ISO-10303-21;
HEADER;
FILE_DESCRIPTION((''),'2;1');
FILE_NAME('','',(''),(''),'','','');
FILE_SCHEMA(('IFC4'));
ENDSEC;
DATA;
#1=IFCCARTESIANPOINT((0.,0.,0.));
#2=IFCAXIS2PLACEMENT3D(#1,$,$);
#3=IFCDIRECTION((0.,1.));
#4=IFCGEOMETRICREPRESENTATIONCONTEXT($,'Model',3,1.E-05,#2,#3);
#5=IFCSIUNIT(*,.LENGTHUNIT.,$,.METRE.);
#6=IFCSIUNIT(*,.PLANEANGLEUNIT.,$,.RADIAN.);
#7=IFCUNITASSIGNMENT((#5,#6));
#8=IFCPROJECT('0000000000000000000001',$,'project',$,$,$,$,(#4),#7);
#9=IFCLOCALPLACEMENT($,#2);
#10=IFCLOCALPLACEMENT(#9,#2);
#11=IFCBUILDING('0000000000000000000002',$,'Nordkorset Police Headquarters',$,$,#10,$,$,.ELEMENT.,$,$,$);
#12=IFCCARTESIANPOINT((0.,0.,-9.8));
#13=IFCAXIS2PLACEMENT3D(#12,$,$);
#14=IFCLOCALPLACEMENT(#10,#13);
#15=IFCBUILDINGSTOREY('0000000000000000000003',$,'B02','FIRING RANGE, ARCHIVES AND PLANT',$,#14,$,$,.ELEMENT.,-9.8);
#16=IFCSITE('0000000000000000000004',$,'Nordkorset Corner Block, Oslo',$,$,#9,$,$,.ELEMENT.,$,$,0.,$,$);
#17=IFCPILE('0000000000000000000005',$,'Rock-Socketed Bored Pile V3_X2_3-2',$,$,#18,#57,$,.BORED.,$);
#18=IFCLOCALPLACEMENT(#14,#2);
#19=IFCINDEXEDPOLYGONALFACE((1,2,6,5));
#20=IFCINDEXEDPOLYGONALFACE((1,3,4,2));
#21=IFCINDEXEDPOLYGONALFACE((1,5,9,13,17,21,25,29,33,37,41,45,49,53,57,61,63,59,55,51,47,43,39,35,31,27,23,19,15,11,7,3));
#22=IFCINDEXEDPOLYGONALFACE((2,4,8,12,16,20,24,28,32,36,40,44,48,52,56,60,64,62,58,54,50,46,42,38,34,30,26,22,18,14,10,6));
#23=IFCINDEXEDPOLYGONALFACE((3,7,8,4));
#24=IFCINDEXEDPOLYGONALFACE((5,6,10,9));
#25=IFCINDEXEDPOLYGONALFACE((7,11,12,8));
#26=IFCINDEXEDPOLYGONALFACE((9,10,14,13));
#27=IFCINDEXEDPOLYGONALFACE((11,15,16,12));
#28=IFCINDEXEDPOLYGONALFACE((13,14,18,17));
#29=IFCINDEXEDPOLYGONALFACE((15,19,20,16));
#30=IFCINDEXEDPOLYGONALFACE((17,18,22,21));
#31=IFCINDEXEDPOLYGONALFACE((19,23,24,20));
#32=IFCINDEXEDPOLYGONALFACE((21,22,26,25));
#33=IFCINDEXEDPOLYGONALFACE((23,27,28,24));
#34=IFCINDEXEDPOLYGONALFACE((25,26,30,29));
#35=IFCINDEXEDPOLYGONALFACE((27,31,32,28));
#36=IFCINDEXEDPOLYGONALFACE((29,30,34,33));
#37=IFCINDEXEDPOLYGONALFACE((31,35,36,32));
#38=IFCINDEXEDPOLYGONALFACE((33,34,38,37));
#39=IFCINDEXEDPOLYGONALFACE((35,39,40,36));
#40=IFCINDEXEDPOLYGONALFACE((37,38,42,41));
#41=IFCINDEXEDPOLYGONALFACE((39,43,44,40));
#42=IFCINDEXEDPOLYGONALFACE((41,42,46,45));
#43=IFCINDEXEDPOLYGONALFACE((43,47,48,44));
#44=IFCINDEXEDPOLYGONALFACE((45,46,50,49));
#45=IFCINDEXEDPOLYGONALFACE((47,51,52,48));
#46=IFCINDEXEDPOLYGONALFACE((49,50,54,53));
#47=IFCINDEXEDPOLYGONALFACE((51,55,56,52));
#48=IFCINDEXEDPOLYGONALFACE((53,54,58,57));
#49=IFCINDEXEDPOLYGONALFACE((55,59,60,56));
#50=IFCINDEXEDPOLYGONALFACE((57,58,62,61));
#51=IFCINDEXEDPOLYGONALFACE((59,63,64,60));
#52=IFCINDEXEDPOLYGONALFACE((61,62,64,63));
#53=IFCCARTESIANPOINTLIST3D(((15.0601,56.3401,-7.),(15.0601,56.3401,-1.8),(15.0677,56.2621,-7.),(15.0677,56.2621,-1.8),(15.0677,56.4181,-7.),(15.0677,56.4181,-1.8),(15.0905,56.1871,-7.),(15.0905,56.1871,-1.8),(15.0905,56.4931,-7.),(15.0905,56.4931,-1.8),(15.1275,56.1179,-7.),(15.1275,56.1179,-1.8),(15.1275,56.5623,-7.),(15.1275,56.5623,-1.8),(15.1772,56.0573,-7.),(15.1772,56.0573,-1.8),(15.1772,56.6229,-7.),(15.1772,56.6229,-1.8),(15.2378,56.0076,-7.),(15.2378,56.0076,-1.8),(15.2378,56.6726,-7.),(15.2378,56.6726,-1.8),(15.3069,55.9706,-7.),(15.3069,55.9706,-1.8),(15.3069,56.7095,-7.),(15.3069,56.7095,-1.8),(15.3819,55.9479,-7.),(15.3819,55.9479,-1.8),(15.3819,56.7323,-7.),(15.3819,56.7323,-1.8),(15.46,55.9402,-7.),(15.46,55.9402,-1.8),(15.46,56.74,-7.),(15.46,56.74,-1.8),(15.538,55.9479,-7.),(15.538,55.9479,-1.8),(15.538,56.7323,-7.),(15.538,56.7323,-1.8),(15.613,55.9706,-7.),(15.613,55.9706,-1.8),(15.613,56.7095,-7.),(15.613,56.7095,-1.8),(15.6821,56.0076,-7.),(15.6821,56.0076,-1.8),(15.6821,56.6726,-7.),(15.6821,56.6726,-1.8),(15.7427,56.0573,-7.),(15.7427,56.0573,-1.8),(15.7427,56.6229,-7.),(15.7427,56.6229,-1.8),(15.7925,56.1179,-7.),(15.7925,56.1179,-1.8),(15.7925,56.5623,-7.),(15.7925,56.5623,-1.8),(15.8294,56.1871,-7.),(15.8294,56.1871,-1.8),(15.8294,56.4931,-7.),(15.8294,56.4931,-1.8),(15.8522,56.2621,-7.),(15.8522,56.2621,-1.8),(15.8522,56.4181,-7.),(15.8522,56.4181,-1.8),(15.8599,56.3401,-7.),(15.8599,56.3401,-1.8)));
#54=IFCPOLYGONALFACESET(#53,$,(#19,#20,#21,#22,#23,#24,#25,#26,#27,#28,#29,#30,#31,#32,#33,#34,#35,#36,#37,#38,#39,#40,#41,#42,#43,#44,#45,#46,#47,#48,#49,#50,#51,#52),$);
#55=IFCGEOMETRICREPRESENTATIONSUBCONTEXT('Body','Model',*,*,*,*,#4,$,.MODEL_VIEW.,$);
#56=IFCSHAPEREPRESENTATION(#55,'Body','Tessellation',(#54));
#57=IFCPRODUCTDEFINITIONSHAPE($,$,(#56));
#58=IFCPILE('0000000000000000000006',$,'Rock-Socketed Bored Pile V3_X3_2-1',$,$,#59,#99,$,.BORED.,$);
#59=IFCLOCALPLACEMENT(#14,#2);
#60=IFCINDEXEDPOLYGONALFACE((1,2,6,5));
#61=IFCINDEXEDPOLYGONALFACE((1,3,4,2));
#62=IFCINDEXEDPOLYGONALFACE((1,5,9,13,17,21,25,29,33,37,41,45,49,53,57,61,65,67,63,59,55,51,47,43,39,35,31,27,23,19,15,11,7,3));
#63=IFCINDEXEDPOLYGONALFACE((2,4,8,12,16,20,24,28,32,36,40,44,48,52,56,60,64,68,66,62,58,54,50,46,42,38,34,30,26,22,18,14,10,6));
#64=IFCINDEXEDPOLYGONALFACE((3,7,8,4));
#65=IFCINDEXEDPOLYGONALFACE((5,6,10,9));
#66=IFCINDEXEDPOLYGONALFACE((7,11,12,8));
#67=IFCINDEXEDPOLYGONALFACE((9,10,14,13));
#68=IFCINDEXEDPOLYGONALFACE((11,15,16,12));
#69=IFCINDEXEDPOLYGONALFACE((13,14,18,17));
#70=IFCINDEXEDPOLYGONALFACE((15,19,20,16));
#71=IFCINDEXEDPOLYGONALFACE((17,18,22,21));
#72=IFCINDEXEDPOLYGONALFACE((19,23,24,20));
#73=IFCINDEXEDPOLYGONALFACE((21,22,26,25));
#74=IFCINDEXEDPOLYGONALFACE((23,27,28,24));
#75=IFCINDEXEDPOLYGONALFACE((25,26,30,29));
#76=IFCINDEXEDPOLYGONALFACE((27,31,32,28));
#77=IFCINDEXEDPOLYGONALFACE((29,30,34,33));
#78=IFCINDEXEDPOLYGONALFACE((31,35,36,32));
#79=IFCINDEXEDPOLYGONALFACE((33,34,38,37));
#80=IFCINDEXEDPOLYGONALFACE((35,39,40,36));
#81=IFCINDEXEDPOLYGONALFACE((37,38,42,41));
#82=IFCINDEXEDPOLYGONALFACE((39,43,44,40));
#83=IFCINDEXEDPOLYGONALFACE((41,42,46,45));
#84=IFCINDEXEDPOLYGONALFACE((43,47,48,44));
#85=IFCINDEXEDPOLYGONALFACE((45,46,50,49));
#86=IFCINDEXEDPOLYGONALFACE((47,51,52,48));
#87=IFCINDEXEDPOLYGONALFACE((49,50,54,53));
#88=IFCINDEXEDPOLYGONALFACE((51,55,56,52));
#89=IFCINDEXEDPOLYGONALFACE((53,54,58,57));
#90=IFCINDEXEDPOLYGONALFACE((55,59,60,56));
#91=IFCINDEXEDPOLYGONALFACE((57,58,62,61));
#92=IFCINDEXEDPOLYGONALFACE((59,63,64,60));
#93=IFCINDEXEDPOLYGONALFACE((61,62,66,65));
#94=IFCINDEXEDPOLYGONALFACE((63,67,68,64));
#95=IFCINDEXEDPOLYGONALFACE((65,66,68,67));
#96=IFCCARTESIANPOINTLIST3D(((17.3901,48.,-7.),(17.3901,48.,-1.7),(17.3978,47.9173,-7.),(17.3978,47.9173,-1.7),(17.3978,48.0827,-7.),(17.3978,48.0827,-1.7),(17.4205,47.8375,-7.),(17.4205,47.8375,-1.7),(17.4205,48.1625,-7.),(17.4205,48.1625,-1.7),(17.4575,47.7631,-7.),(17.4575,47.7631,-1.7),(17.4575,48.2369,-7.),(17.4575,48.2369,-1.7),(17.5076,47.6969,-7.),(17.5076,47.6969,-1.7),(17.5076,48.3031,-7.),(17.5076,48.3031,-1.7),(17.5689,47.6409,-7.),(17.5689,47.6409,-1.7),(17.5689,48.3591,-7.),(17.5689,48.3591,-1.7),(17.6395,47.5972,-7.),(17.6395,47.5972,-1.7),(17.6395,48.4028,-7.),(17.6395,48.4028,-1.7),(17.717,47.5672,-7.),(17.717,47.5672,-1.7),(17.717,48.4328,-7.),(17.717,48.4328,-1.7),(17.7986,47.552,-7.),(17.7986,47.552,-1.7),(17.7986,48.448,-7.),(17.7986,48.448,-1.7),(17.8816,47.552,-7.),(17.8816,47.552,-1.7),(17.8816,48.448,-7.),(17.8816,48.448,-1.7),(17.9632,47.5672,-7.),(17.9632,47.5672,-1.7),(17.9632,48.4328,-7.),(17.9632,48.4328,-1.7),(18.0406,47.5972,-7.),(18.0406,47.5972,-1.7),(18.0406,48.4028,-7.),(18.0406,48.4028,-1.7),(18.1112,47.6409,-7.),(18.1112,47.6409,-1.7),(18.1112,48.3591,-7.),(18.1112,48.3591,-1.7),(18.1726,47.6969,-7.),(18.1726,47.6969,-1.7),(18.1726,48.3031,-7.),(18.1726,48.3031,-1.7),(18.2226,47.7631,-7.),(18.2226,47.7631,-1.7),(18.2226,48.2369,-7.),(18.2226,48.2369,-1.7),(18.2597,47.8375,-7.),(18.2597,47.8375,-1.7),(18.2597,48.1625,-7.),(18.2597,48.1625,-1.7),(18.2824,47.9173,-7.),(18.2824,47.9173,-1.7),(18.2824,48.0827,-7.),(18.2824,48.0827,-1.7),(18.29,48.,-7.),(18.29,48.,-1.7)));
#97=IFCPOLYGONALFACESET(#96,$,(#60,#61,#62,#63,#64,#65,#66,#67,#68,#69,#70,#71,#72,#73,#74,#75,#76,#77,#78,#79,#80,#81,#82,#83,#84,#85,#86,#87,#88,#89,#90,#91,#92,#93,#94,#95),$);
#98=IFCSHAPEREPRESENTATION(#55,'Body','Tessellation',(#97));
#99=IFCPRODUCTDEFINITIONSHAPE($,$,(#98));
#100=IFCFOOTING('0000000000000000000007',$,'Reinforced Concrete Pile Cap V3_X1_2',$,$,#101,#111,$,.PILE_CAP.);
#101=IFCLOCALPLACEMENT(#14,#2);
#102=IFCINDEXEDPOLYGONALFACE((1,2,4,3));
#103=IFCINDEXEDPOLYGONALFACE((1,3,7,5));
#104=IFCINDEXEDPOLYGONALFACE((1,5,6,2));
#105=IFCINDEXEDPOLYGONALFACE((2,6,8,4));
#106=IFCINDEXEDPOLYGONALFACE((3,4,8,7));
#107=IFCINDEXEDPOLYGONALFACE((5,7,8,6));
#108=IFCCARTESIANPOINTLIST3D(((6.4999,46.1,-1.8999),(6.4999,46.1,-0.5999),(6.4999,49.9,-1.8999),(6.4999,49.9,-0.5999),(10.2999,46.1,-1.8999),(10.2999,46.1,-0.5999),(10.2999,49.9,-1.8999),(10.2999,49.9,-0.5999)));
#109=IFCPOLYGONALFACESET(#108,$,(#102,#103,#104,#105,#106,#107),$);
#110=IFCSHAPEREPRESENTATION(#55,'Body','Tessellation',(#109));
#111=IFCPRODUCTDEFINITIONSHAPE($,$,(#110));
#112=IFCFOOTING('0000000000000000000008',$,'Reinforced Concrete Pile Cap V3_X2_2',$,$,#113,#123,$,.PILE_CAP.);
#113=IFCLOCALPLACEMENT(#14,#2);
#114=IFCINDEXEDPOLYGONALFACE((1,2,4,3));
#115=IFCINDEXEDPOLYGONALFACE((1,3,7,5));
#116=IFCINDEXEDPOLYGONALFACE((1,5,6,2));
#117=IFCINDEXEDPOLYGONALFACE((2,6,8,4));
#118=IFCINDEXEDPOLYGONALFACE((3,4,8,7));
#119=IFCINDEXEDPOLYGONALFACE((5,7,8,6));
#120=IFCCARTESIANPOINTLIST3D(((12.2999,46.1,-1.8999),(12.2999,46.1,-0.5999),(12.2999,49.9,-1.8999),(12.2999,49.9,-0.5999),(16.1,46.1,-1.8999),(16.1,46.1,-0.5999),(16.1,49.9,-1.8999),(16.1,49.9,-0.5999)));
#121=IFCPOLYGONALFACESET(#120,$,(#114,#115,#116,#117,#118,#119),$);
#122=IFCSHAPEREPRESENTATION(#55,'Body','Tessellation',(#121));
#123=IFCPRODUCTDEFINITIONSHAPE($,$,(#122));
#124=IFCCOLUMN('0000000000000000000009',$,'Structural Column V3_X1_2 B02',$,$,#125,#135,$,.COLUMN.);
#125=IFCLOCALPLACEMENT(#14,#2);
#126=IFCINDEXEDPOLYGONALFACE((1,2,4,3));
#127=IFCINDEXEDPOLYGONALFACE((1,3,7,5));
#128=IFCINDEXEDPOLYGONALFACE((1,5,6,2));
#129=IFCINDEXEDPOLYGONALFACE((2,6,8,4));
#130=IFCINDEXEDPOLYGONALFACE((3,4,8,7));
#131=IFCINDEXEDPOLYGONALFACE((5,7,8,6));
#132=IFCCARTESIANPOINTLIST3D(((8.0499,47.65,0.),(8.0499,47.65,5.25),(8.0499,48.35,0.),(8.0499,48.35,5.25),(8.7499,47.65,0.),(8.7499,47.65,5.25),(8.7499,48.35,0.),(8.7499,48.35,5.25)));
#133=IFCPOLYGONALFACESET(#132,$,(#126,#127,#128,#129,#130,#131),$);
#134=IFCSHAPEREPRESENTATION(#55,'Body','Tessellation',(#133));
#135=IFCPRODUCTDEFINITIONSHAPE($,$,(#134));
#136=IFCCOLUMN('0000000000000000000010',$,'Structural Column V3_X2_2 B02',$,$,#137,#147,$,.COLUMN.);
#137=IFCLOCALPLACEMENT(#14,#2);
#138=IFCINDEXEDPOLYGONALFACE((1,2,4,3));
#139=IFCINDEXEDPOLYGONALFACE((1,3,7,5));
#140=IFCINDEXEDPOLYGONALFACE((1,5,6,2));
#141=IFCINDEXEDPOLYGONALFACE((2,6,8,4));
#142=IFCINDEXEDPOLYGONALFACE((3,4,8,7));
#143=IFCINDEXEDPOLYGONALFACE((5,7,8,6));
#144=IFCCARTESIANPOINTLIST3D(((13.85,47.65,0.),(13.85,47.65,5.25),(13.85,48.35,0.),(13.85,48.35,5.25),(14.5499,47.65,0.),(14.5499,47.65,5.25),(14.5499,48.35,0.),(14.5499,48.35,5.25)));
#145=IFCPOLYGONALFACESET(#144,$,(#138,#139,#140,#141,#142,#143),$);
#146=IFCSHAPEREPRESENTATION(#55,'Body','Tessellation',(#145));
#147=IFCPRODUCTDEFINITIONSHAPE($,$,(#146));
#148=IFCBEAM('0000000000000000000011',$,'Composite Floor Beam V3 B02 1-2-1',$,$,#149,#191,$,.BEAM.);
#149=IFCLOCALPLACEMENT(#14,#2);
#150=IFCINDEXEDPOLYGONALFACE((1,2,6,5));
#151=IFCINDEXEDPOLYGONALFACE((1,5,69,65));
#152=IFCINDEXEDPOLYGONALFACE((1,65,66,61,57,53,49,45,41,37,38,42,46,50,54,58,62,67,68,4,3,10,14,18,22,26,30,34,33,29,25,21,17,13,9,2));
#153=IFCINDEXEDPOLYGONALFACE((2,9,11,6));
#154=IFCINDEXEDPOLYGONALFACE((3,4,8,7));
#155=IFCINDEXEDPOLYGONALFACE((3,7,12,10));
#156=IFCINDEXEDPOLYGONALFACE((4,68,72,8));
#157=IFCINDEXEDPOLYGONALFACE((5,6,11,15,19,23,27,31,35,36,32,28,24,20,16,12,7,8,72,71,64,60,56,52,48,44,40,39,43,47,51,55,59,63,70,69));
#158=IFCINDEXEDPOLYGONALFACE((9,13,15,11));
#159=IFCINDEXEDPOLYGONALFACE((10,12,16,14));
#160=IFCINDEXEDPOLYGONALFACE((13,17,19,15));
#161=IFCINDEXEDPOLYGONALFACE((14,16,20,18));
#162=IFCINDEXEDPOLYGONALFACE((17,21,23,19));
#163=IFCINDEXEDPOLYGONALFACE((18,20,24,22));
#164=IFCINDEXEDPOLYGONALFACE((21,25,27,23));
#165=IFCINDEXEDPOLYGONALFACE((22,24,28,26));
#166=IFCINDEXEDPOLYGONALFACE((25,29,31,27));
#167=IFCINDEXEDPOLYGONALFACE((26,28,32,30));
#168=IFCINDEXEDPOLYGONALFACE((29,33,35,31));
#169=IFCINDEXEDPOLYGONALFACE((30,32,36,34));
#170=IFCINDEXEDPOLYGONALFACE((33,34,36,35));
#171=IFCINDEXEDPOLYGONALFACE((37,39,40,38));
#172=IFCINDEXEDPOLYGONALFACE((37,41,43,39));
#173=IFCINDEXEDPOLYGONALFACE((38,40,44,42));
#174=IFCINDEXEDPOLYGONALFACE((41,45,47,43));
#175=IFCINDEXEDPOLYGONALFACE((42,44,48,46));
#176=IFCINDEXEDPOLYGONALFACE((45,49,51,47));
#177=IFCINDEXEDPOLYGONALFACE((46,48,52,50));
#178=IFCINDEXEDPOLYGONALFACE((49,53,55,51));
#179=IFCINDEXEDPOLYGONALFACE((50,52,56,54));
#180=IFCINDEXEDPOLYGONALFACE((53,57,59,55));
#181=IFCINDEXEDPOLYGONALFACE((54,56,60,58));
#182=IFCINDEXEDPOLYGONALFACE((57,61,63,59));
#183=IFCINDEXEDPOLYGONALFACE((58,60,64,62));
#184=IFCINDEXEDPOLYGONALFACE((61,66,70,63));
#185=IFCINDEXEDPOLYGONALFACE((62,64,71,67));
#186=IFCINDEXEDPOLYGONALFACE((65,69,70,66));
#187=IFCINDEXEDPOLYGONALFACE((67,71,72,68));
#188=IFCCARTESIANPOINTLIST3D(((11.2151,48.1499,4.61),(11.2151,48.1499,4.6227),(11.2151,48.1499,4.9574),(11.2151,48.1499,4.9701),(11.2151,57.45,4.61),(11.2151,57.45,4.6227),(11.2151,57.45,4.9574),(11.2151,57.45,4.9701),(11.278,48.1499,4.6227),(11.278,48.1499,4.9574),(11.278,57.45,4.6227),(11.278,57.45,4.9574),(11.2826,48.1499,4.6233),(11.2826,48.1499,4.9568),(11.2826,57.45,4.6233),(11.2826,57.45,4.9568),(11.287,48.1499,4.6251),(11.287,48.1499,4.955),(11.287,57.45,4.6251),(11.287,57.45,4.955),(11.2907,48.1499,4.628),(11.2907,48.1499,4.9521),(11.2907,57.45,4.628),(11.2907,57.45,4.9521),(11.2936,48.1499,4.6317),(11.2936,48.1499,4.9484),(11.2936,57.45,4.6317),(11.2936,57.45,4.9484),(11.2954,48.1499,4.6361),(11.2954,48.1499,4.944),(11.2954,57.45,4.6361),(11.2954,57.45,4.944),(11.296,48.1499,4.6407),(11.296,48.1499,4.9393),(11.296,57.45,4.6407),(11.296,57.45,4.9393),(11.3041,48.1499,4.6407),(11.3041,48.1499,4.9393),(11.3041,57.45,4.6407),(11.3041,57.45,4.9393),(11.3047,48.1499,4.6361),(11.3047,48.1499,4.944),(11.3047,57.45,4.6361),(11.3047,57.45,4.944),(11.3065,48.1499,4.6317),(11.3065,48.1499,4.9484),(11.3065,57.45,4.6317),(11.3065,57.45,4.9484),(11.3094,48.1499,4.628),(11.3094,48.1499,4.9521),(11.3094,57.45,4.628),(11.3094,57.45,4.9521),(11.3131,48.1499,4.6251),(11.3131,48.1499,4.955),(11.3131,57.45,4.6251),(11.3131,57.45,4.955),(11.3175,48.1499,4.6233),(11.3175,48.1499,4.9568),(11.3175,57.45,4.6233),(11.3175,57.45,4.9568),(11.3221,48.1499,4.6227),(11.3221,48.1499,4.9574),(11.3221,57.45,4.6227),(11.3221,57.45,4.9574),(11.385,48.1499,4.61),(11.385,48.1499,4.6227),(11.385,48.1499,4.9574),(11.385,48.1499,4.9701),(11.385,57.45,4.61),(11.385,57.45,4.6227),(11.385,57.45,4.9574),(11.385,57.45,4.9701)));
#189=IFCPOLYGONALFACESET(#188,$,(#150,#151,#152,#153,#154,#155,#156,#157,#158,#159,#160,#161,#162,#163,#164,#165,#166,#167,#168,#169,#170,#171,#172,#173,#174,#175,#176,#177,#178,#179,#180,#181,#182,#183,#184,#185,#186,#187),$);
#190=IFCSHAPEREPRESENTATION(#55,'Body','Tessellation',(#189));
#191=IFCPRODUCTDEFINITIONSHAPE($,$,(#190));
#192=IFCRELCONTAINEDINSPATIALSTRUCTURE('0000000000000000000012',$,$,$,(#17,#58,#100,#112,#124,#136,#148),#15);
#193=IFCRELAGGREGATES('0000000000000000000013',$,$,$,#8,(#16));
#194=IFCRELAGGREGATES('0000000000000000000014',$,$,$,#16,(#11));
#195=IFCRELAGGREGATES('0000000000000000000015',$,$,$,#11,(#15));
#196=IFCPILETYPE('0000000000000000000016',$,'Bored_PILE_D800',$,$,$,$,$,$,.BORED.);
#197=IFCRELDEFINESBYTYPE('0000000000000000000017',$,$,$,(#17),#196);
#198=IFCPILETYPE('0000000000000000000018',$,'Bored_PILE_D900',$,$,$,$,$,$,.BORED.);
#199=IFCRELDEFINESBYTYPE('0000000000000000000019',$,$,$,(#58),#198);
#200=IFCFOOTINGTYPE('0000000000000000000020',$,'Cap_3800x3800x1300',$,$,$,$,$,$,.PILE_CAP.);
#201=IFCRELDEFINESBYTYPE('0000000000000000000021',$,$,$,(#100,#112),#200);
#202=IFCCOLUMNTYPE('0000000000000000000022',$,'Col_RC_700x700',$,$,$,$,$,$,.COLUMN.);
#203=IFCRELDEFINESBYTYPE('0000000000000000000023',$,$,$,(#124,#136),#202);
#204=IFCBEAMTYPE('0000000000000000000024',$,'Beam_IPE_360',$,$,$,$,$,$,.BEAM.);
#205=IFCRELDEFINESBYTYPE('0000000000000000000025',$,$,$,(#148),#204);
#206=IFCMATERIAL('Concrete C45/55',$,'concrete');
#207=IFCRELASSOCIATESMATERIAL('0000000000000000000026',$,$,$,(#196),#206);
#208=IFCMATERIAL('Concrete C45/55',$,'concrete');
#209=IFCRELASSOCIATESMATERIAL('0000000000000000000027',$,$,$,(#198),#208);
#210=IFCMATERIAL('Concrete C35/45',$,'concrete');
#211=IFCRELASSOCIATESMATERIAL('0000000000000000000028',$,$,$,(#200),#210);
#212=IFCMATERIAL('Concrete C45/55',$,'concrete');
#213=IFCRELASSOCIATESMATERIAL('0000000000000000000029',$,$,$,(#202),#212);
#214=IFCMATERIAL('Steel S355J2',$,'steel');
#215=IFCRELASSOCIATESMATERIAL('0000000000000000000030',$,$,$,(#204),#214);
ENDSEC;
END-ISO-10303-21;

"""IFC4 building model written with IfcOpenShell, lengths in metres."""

from ifc_helpers import new_model, si_unit, direction, frame, origin, origin_2d, place, context, subcontext, project, spatial, rectangle, circle, i_section, extrude, material, material_profile, profile_set, type_object, element, save


model = new_model("IFC4")

# Units and contexts
model_context = context("Model", 3, precision=1e-05, world=origin(), true_north=direction((0.0, 1.0)))
body_context = subcontext(model_context, "Body", "Model", "MODEL_VIEW")
ifc_project = project(units=[si_unit("LENGTHUNIT", "METRE"), si_unit("PLANEANGLEUNIT", "RADIAN")], contexts=[model_context])

# Site, building, storey
site_placement = place(None, origin())
site = spatial("IfcSite", under=ifc_project, at=site_placement, Name="Nordkorset Corner Block, Oslo", CompositionType="ELEMENT", RefElevation=0.0)
building_placement = place(site_placement, origin())
building = spatial("IfcBuilding", under=site, at=building_placement, Name="Nordkorset Police Headquarters", CompositionType="ELEMENT")
storey_placement = place(building_placement, frame((0.0, 0.0, -9.8)))
storey = spatial("IfcBuildingStorey", under=building, at=storey_placement, Name="B02", Description="FIRING RANGE, ARCHIVES AND PLANT", CompositionType="ELEMENT", Elevation=-9.8)

# Piles
ifc_material_1 = material(Name="Concrete C45/55", Category="concrete")
ifc_material_profile_1 = material_profile(ifc_material_1, circle(Radius=0.3999, at=origin_2d()), Name="PILE D800")
ifc_profile_set_1 = profile_set([ifc_material_profile_1], Name="Concrete C45/55")
pile_type_1 = type_object("IfcPileType", Name="Bored_PILE_D800", PredefinedType="BORED", material=ifc_profile_set_1)
for number, where, z_axis, x_axis, name in (
    (1, (15.46, 56.3401, -1.8), (0.0, 0.0, -1.0), (1.0, 0.0, 0.0), "Rock-Socketed Bored Pile V3_X2_3-2"),
):
    element("IfcPile", number, at=place(storey_placement, frame(where, z_axis=z_axis, x_axis=x_axis)), inside=storey, type_object=pile_type_1, Name=name, PredefinedType="BORED", context=body_context, shape_type="SweptSolid", body=[
        extrude(circle(Radius=0.3999, at=origin_2d()), origin(), (0.0, 0.0, 1.0), 5.2),
    ])
ifc_material_2 = material(Name="Concrete C45/55", Category="concrete")
ifc_material_profile_2 = material_profile(ifc_material_2, circle(Radius=0.45, at=origin_2d()), Name="PILE D900")
ifc_profile_set_2 = profile_set([ifc_material_profile_2], Name="Concrete C45/55")
pile_type_2 = type_object("IfcPileType", Name="Bored_PILE_D900", PredefinedType="BORED", material=ifc_profile_set_2)
pile_placement = place(storey_placement, frame((17.8401, 48.0, -1.7), z_axis=(0.0, 0.0, -1.0), x_axis=(1.0, 0.0, 0.0)))
element("IfcPile", 2, at=pile_placement, inside=storey, type_object=pile_type_2, Name="Rock-Socketed Bored Pile V3_X3_2-1", PredefinedType="BORED", context=body_context, shape_type="SweptSolid", body=[
    extrude(circle(Radius=0.45, at=origin_2d()), origin(), (0.0, 0.0, 1.0), 5.3),
])

# Footings
ifc_material_3 = material(Name="Concrete C35/45", Category="concrete")
footing_type = type_object("IfcFootingType", Name="Cap_3800x3800x1300", PredefinedType="PILE_CAP", material=ifc_material_3)
for number, where, z_axis, x_axis, name in (
    (3, (8.3999, 48.0, -1.8999), (0.0, 0.0, 1.0), (1.0, 0.0, 0.0), "Reinforced Concrete Pile Cap V3_X1_2"),
    (4, (14.2, 48.0, -1.8999), (0.0, 0.0, 1.0), (1.0, 0.0, 0.0), "Reinforced Concrete Pile Cap V3_X2_2"),
):
    element("IfcFooting", number, at=place(storey_placement, frame(where, z_axis=z_axis, x_axis=x_axis)), inside=storey, type_object=footing_type, Name=name, PredefinedType="PILE_CAP", context=body_context, shape_type="SweptSolid", body=[
        extrude(rectangle(XDim=3.8, YDim=3.8, at=origin_2d()), origin(), (0.0, 0.0, 1.0), 1.3),
    ])

# Columns
ifc_material_4 = material(Name="Concrete C45/55", Category="concrete")
ifc_material_profile_3 = material_profile(ifc_material_4, rectangle(XDim=0.7, YDim=0.7, at=origin_2d()), Name="RC 700x700")
ifc_profile_set_3 = profile_set([ifc_material_profile_3], Name="Concrete C45/55")
column_type = type_object("IfcColumnType", Name="Col_RC_700x700", PredefinedType="COLUMN", material=ifc_profile_set_3)
for number, where, z_axis, x_axis, name in (
    (5, (8.3999, 48.0, 0.0), (0.0, 0.0, 1.0), (1.0, 0.0, 0.0), "Structural Column V3_X1_2 B02"),
    (6, (14.2, 48.0, 0.0), (0.0, 0.0, 1.0), (1.0, 0.0, 0.0), "Structural Column V3_X2_2 B02"),
):
    element("IfcColumn", number, at=place(storey_placement, frame(where, z_axis=z_axis, x_axis=x_axis)), inside=storey, type_object=column_type, Name=name, PredefinedType="COLUMN", context=body_context, shape_type="SweptSolid", body=[
        extrude(rectangle(XDim=0.7, YDim=0.7, at=origin_2d()), origin(), (0.0, 0.0, 1.0), 5.25),
    ])

# Beam
ifc_material_5 = material(Name="Steel S355J2", Category="steel")
ifc_material_profile_4 = material_profile(ifc_material_5, i_section(OverallWidth=0.1699, OverallDepth=0.3601, WebThickness=0.0081, FlangeThickness=0.0127, FilletRadius=0.0181, at=origin_2d()), Name="IPE 360")
ifc_profile_set_4 = profile_set([ifc_material_profile_4], Name="Steel S355J2")
beam_type_1 = type_object("IfcBeamType", Name="Beam_IPE_360", PredefinedType="BEAM", material=ifc_profile_set_4)
for number, where, z_axis, x_axis, name in (
    (7, (11.3, 48.1499, 4.79), (0.0, 1.0, 0.0), (-1.0, 0.0, 0.0), "Composite Floor Beam V3 B02 1-2-1"),
):
    element("IfcBeam", number, at=place(storey_placement, frame(where, z_axis=z_axis, x_axis=x_axis)), inside=storey, type_object=beam_type_1, Name=name, PredefinedType="BEAM", context=body_context, shape_type="SweptSolid", body=[
        extrude(i_section(OverallWidth=0.1699, OverallDepth=0.3601, WebThickness=0.0081, FlangeThickness=0.0127, FilletRadius=0.0181, at=origin_2d()), origin(), (0.0, 0.0, 1.0), 9.3),
    ])

save(model, "model.ifc")
